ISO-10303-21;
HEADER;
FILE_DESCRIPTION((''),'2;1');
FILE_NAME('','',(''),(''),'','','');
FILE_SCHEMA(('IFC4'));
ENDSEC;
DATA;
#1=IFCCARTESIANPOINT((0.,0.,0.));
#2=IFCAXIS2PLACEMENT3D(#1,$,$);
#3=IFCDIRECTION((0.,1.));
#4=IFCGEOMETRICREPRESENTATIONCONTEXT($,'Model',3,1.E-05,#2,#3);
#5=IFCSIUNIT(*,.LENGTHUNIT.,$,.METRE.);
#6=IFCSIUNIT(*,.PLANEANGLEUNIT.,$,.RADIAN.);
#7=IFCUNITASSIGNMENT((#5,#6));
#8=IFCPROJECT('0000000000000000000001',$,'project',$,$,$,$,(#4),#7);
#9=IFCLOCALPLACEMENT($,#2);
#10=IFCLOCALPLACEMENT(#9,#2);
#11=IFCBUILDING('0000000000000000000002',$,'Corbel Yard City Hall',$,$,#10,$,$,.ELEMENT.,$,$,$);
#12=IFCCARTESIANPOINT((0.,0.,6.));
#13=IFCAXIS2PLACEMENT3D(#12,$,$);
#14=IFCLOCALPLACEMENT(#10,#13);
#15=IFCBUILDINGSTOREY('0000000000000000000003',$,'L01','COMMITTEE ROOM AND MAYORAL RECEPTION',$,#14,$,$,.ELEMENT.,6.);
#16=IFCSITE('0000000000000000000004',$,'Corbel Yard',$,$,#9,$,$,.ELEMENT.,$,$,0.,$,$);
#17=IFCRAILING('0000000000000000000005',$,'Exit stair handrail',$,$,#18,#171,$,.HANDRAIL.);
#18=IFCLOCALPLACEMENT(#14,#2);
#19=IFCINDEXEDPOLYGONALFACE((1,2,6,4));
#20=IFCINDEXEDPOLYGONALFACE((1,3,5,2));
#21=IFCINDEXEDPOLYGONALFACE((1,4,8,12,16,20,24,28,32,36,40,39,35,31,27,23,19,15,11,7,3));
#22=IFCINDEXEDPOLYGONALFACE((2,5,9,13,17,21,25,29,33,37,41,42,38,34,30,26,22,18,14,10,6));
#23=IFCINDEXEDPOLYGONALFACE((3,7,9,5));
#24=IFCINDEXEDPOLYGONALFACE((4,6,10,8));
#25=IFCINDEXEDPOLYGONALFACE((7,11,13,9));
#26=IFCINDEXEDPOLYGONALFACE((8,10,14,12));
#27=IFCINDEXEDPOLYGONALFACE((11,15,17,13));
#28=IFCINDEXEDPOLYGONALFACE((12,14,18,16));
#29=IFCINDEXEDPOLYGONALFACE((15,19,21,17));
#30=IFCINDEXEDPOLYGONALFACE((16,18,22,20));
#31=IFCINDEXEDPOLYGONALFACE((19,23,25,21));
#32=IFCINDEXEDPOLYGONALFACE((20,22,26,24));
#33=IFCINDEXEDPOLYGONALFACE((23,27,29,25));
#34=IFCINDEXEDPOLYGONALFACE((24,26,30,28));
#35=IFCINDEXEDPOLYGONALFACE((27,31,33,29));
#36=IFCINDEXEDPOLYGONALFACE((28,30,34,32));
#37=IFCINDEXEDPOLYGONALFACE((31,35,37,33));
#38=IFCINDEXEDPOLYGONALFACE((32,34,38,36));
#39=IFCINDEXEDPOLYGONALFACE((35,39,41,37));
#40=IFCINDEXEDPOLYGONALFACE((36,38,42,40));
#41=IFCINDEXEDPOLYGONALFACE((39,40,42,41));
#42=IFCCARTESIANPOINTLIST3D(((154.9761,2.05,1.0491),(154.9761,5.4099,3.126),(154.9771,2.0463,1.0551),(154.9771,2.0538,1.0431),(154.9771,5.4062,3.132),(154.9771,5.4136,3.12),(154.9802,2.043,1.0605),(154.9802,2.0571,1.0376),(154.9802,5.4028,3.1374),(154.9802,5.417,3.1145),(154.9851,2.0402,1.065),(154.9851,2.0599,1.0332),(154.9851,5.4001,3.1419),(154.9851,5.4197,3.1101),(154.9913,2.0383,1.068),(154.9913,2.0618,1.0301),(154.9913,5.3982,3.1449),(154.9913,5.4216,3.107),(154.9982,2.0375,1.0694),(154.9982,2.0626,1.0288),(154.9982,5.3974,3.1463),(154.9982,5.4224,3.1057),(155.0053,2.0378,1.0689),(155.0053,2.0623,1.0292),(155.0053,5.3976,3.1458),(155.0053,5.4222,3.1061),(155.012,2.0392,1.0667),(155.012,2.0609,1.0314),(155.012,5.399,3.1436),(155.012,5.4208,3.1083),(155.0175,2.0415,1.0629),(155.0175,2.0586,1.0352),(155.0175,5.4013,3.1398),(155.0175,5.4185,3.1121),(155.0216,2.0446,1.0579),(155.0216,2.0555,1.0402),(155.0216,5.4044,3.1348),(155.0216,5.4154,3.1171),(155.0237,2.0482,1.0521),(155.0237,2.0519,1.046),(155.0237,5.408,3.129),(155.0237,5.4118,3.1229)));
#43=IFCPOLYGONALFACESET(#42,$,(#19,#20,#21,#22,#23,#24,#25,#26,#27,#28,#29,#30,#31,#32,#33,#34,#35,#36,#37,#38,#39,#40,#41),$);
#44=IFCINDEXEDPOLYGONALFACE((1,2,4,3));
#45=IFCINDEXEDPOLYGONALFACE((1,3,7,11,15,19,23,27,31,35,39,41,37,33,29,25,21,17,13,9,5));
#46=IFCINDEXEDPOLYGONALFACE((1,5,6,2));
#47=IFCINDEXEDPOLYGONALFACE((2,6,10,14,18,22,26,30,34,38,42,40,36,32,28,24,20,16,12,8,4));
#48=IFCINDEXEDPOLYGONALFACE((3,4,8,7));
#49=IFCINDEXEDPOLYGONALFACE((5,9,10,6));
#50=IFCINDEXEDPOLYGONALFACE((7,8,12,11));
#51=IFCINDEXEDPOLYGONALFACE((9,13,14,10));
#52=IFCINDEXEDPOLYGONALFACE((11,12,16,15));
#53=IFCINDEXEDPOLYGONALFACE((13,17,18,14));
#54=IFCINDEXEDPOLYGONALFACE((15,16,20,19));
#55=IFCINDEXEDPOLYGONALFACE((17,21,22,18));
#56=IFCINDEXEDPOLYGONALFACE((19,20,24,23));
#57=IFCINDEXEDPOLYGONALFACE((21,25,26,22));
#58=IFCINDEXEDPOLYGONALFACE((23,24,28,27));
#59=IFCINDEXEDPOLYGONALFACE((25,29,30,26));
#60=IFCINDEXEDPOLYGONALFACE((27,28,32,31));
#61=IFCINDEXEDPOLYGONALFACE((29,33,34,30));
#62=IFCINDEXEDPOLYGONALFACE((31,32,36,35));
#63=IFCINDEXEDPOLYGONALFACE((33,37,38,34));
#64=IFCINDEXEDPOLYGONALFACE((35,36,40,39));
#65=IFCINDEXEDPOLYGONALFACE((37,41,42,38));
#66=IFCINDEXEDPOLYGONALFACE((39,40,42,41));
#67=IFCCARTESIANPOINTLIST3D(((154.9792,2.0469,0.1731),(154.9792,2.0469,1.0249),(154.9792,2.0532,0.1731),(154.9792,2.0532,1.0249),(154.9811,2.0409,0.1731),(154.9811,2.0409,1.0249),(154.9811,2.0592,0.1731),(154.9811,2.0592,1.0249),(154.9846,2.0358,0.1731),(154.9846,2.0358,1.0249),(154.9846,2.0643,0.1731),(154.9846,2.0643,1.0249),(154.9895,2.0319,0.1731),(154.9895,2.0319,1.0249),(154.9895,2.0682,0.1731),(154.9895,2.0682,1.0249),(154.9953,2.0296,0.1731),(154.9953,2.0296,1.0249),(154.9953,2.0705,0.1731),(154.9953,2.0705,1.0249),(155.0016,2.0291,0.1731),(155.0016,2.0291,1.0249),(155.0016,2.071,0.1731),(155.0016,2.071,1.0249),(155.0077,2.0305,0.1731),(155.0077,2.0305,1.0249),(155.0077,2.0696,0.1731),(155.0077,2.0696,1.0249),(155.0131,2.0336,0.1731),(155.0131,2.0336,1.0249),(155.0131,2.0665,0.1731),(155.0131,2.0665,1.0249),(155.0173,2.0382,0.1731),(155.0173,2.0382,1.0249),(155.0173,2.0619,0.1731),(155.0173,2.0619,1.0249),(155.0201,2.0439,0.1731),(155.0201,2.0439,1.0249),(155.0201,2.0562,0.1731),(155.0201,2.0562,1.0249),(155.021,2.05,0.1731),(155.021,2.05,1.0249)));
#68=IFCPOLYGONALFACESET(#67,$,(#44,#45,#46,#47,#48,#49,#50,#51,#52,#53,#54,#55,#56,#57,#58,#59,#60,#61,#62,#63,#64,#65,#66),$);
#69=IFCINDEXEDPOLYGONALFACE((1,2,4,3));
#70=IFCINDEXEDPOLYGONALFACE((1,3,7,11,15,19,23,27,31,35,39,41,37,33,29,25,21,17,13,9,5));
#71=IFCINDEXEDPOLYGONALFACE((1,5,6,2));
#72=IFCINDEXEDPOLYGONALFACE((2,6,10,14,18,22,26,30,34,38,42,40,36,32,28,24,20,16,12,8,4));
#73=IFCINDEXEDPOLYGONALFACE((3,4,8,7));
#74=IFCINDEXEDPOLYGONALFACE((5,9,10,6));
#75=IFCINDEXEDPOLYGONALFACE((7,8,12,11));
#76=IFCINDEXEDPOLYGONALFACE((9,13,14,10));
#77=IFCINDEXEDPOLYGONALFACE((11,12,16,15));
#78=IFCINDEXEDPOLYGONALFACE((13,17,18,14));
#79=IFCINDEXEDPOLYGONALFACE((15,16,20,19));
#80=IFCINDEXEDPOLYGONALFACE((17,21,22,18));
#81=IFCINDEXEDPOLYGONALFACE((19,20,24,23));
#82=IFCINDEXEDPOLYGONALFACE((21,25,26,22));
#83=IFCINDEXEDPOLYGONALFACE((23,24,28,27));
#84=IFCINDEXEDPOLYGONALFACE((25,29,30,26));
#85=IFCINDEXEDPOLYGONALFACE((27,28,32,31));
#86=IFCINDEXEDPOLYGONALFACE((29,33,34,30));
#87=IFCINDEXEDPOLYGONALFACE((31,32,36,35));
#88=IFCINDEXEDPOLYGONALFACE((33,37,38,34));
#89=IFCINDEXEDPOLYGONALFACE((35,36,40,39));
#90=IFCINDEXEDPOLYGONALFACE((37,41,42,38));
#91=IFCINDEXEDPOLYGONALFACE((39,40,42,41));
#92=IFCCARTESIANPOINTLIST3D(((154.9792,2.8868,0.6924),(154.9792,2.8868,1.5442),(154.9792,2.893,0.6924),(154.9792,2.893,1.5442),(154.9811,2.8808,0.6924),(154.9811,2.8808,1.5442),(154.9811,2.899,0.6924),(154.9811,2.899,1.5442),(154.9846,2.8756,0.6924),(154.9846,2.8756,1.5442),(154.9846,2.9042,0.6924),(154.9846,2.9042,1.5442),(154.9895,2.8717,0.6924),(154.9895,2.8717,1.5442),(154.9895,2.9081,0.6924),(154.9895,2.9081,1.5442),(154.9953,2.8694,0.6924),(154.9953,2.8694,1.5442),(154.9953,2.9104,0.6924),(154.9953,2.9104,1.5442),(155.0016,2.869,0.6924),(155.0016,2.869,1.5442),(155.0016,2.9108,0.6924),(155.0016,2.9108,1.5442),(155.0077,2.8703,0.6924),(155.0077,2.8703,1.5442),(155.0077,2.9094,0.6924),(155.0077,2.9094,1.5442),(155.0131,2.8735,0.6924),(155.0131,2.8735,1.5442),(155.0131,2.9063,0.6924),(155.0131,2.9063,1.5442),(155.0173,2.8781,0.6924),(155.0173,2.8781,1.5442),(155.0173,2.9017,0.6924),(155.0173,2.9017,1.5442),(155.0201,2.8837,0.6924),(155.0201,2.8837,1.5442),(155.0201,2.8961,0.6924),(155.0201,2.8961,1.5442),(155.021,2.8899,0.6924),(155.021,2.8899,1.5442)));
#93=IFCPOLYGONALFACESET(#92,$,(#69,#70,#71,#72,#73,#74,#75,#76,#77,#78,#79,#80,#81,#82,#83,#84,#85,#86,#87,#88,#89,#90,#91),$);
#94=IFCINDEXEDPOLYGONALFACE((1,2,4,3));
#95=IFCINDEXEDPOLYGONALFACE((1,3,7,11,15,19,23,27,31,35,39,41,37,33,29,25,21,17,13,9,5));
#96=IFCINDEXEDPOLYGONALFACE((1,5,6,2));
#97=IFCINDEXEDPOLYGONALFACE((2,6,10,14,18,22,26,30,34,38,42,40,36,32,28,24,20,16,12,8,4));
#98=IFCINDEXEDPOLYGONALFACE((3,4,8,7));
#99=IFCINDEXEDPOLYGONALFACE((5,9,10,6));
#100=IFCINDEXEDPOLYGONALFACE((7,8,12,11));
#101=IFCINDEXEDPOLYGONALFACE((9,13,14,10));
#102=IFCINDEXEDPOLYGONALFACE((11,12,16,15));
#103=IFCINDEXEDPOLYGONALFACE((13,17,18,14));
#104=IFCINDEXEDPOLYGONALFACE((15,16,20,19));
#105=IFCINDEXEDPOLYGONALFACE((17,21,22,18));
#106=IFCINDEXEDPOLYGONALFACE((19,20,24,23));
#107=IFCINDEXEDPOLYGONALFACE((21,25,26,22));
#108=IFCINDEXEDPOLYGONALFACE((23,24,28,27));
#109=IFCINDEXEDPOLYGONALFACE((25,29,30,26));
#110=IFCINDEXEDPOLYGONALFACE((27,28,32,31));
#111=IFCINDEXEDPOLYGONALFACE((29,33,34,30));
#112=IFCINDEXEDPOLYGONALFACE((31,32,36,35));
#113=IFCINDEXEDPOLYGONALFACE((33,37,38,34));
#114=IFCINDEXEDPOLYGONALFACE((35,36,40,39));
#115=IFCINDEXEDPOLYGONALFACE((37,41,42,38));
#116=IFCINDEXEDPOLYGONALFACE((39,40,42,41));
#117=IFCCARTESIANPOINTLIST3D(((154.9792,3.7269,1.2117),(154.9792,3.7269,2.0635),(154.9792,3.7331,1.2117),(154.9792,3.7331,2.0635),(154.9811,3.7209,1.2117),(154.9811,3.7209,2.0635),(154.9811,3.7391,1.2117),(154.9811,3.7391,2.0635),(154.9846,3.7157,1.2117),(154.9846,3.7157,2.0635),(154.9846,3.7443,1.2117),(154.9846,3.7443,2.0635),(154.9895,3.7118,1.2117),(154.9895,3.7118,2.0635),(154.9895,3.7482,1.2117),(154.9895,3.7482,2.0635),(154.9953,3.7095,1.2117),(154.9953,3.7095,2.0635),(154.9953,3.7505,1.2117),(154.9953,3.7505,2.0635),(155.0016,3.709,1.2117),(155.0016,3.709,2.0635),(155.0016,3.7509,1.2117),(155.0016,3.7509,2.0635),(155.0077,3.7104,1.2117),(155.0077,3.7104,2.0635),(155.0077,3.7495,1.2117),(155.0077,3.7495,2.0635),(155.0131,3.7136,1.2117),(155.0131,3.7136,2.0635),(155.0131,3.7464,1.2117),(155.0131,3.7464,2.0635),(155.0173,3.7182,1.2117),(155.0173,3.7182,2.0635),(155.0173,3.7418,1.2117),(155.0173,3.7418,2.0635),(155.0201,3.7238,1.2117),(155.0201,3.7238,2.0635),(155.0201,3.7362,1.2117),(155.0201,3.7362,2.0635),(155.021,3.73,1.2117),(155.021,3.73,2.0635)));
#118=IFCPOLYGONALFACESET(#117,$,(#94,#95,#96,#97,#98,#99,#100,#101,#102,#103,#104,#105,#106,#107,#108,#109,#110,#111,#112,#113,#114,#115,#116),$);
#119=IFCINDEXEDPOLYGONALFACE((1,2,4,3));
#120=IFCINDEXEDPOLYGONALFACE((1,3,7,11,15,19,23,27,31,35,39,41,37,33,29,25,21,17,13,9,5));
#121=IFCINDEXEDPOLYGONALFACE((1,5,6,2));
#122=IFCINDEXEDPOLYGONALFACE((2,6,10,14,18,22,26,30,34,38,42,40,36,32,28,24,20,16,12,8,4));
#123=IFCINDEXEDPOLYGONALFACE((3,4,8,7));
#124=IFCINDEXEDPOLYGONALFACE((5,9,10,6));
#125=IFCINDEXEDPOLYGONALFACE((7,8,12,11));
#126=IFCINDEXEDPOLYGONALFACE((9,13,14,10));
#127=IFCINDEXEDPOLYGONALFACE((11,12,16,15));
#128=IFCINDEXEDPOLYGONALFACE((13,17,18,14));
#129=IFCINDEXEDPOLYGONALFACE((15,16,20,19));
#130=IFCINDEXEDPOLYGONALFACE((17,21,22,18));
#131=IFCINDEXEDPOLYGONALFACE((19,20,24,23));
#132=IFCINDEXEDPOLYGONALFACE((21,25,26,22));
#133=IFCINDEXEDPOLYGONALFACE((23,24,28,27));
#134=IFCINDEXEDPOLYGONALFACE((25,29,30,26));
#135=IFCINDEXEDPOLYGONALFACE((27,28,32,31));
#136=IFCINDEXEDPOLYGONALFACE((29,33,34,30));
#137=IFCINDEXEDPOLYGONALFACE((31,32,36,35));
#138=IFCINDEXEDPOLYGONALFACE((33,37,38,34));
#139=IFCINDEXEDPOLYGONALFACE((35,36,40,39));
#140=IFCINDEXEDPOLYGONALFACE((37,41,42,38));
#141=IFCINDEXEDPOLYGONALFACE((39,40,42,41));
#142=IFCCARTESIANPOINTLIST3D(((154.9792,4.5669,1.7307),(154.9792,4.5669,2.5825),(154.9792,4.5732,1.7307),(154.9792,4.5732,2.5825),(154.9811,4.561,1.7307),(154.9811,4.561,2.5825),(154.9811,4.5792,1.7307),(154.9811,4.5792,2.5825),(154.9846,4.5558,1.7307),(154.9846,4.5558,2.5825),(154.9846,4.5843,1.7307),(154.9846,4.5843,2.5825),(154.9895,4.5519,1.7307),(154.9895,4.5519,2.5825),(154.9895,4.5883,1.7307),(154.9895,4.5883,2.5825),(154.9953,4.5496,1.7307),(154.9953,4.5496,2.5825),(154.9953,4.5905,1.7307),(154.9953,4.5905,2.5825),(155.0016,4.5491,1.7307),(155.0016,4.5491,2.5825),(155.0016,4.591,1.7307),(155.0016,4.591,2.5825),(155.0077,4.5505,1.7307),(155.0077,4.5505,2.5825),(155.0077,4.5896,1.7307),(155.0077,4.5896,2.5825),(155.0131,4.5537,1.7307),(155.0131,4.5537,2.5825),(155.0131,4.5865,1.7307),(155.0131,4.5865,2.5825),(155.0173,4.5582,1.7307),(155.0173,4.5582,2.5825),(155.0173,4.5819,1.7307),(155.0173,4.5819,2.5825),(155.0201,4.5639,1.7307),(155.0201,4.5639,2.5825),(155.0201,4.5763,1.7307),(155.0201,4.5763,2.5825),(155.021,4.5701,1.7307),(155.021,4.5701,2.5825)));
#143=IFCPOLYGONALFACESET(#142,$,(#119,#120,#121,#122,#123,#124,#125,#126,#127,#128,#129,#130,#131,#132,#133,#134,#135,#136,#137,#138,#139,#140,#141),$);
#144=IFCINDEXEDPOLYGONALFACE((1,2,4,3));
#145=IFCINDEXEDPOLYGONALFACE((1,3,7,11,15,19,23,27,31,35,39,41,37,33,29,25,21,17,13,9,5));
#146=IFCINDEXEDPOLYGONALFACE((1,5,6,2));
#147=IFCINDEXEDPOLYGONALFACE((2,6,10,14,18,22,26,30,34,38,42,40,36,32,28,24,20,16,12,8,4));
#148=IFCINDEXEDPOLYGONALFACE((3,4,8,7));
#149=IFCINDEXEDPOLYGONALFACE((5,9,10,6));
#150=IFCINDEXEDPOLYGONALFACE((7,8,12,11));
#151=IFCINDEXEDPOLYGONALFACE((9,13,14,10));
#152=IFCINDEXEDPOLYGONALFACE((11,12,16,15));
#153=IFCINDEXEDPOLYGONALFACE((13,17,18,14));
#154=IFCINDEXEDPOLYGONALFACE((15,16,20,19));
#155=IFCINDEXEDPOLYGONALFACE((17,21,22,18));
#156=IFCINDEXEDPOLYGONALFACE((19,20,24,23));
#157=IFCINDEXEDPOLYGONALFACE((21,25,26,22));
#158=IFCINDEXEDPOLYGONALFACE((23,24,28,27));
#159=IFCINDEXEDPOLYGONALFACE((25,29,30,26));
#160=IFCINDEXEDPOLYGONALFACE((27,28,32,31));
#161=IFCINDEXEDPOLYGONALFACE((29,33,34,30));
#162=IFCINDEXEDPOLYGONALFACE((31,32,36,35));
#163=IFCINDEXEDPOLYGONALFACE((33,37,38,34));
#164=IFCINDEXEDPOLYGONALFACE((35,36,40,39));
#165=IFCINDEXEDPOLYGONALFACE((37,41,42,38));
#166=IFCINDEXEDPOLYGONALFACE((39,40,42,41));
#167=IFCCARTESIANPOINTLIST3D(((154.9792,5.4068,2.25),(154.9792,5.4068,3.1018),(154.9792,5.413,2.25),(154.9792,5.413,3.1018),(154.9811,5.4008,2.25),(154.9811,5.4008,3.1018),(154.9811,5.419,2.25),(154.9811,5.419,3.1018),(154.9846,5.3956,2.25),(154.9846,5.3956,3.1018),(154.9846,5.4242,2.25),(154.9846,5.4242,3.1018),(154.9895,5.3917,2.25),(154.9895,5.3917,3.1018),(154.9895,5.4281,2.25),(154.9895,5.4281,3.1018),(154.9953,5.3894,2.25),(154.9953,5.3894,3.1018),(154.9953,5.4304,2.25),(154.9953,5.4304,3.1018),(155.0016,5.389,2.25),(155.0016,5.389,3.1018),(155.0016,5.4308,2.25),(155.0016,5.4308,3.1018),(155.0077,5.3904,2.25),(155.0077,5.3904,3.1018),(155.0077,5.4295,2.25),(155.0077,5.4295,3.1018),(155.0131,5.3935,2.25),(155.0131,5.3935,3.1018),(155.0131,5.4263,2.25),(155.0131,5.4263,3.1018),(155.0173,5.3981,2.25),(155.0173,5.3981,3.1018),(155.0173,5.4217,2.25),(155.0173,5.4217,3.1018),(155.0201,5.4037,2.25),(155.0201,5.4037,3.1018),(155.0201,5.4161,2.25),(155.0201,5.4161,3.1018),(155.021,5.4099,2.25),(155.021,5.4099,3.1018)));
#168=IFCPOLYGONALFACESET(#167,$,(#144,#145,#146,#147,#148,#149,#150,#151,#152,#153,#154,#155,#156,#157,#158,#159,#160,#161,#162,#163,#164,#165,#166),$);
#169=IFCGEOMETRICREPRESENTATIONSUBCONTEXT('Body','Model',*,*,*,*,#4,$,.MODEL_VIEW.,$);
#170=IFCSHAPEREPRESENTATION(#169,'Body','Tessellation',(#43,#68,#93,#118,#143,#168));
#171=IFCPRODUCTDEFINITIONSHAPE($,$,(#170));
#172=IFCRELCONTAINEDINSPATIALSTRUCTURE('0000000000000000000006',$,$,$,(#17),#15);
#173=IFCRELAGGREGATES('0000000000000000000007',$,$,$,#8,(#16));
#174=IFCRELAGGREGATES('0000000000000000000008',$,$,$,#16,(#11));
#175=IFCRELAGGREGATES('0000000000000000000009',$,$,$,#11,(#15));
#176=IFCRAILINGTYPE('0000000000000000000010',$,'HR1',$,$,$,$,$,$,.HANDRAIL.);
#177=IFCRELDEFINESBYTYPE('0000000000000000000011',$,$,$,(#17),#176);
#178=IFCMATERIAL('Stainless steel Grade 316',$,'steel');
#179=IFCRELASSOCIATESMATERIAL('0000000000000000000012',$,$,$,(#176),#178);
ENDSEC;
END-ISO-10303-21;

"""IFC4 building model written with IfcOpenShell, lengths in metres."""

from ifc_helpers import new_model, si_unit, direction, frame, origin, origin_2d, place, context, subcontext, project, spatial, circle, extrude, material, type_object, element, save


model = new_model("IFC4")

# Units and contexts
model_context = context("Model", 3, precision=1e-05, world=origin(), true_north=direction((0.0, 1.0)))
body_context = subcontext(model_context, "Body", "Model", "MODEL_VIEW")
ifc_project = project(units=[si_unit("LENGTHUNIT", "METRE"), si_unit("PLANEANGLEUNIT", "RADIAN")], contexts=[model_context])

# Site, building, storey
site_placement = place(None, origin())
site = spatial("IfcSite", under=ifc_project, at=site_placement, Name="Corbel Yard", CompositionType="ELEMENT", RefElevation=0.0)
building_placement = place(site_placement, origin())
building = spatial("IfcBuilding", under=site, at=building_placement, Name="Corbel Yard City Hall", CompositionType="ELEMENT")
storey_placement = place(building_placement, frame((0.0, 0.0, 6.0)))
storey = spatial("IfcBuildingStorey", under=building, at=storey_placement, Name="L01", Description="COMMITTEE ROOM AND MAYORAL RECEPTION", CompositionType="ELEMENT", Elevation=6.0)

# Railing
ifc_material_1 = material(Name="Stainless steel Grade 316", Category="steel")
railing_type_1 = type_object("IfcRailingType", Name="HR1", PredefinedType="HANDRAIL", material=ifc_material_1)
for number, where, name in (
    (1, (155.0, 2.05, 0.1731), "Exit stair handrail"),
):
    element("IfcRailing", number, at=place(storey_placement, frame(where)), inside=storey, type_object=railing_type_1, Name=name, PredefinedType="HANDRAIL", context=body_context, shape_type="SweptSolid", body=[
        extrude(circle(Radius=0.0239, at=origin_2d()), frame((0.0, 0.0, 0.876), z_axis=(0.0, 0.850606, 0.525803), x_axis=(-1.0, 0.0, 0.0)), (0.0, 0.0, 1.0), 3.95),
        extrude(circle(Radius=0.021, at=origin_2d()), origin(), (0.0, 0.0, 1.0), 0.8518),
        extrude(circle(Radius=0.021, at=origin_2d()), frame((0.0, 0.8398, 0.5193)), (0.0, 0.0, 1.0), 0.8518),
        extrude(circle(Radius=0.021, at=origin_2d()), frame((0.0, 1.6799, 1.0386)), (0.0, 0.0, 1.0), 0.8518),
        extrude(circle(Radius=0.021, at=origin_2d()), frame((0.0, 2.52, 1.5576)), (0.0, 0.0, 1.0), 0.8518),
        extrude(circle(Radius=0.021, at=origin_2d()), frame((0.0, 3.3599, 2.0769)), (0.0, 0.0, 1.0), 0.8518),
    ])

save(model, "model.ifc")
